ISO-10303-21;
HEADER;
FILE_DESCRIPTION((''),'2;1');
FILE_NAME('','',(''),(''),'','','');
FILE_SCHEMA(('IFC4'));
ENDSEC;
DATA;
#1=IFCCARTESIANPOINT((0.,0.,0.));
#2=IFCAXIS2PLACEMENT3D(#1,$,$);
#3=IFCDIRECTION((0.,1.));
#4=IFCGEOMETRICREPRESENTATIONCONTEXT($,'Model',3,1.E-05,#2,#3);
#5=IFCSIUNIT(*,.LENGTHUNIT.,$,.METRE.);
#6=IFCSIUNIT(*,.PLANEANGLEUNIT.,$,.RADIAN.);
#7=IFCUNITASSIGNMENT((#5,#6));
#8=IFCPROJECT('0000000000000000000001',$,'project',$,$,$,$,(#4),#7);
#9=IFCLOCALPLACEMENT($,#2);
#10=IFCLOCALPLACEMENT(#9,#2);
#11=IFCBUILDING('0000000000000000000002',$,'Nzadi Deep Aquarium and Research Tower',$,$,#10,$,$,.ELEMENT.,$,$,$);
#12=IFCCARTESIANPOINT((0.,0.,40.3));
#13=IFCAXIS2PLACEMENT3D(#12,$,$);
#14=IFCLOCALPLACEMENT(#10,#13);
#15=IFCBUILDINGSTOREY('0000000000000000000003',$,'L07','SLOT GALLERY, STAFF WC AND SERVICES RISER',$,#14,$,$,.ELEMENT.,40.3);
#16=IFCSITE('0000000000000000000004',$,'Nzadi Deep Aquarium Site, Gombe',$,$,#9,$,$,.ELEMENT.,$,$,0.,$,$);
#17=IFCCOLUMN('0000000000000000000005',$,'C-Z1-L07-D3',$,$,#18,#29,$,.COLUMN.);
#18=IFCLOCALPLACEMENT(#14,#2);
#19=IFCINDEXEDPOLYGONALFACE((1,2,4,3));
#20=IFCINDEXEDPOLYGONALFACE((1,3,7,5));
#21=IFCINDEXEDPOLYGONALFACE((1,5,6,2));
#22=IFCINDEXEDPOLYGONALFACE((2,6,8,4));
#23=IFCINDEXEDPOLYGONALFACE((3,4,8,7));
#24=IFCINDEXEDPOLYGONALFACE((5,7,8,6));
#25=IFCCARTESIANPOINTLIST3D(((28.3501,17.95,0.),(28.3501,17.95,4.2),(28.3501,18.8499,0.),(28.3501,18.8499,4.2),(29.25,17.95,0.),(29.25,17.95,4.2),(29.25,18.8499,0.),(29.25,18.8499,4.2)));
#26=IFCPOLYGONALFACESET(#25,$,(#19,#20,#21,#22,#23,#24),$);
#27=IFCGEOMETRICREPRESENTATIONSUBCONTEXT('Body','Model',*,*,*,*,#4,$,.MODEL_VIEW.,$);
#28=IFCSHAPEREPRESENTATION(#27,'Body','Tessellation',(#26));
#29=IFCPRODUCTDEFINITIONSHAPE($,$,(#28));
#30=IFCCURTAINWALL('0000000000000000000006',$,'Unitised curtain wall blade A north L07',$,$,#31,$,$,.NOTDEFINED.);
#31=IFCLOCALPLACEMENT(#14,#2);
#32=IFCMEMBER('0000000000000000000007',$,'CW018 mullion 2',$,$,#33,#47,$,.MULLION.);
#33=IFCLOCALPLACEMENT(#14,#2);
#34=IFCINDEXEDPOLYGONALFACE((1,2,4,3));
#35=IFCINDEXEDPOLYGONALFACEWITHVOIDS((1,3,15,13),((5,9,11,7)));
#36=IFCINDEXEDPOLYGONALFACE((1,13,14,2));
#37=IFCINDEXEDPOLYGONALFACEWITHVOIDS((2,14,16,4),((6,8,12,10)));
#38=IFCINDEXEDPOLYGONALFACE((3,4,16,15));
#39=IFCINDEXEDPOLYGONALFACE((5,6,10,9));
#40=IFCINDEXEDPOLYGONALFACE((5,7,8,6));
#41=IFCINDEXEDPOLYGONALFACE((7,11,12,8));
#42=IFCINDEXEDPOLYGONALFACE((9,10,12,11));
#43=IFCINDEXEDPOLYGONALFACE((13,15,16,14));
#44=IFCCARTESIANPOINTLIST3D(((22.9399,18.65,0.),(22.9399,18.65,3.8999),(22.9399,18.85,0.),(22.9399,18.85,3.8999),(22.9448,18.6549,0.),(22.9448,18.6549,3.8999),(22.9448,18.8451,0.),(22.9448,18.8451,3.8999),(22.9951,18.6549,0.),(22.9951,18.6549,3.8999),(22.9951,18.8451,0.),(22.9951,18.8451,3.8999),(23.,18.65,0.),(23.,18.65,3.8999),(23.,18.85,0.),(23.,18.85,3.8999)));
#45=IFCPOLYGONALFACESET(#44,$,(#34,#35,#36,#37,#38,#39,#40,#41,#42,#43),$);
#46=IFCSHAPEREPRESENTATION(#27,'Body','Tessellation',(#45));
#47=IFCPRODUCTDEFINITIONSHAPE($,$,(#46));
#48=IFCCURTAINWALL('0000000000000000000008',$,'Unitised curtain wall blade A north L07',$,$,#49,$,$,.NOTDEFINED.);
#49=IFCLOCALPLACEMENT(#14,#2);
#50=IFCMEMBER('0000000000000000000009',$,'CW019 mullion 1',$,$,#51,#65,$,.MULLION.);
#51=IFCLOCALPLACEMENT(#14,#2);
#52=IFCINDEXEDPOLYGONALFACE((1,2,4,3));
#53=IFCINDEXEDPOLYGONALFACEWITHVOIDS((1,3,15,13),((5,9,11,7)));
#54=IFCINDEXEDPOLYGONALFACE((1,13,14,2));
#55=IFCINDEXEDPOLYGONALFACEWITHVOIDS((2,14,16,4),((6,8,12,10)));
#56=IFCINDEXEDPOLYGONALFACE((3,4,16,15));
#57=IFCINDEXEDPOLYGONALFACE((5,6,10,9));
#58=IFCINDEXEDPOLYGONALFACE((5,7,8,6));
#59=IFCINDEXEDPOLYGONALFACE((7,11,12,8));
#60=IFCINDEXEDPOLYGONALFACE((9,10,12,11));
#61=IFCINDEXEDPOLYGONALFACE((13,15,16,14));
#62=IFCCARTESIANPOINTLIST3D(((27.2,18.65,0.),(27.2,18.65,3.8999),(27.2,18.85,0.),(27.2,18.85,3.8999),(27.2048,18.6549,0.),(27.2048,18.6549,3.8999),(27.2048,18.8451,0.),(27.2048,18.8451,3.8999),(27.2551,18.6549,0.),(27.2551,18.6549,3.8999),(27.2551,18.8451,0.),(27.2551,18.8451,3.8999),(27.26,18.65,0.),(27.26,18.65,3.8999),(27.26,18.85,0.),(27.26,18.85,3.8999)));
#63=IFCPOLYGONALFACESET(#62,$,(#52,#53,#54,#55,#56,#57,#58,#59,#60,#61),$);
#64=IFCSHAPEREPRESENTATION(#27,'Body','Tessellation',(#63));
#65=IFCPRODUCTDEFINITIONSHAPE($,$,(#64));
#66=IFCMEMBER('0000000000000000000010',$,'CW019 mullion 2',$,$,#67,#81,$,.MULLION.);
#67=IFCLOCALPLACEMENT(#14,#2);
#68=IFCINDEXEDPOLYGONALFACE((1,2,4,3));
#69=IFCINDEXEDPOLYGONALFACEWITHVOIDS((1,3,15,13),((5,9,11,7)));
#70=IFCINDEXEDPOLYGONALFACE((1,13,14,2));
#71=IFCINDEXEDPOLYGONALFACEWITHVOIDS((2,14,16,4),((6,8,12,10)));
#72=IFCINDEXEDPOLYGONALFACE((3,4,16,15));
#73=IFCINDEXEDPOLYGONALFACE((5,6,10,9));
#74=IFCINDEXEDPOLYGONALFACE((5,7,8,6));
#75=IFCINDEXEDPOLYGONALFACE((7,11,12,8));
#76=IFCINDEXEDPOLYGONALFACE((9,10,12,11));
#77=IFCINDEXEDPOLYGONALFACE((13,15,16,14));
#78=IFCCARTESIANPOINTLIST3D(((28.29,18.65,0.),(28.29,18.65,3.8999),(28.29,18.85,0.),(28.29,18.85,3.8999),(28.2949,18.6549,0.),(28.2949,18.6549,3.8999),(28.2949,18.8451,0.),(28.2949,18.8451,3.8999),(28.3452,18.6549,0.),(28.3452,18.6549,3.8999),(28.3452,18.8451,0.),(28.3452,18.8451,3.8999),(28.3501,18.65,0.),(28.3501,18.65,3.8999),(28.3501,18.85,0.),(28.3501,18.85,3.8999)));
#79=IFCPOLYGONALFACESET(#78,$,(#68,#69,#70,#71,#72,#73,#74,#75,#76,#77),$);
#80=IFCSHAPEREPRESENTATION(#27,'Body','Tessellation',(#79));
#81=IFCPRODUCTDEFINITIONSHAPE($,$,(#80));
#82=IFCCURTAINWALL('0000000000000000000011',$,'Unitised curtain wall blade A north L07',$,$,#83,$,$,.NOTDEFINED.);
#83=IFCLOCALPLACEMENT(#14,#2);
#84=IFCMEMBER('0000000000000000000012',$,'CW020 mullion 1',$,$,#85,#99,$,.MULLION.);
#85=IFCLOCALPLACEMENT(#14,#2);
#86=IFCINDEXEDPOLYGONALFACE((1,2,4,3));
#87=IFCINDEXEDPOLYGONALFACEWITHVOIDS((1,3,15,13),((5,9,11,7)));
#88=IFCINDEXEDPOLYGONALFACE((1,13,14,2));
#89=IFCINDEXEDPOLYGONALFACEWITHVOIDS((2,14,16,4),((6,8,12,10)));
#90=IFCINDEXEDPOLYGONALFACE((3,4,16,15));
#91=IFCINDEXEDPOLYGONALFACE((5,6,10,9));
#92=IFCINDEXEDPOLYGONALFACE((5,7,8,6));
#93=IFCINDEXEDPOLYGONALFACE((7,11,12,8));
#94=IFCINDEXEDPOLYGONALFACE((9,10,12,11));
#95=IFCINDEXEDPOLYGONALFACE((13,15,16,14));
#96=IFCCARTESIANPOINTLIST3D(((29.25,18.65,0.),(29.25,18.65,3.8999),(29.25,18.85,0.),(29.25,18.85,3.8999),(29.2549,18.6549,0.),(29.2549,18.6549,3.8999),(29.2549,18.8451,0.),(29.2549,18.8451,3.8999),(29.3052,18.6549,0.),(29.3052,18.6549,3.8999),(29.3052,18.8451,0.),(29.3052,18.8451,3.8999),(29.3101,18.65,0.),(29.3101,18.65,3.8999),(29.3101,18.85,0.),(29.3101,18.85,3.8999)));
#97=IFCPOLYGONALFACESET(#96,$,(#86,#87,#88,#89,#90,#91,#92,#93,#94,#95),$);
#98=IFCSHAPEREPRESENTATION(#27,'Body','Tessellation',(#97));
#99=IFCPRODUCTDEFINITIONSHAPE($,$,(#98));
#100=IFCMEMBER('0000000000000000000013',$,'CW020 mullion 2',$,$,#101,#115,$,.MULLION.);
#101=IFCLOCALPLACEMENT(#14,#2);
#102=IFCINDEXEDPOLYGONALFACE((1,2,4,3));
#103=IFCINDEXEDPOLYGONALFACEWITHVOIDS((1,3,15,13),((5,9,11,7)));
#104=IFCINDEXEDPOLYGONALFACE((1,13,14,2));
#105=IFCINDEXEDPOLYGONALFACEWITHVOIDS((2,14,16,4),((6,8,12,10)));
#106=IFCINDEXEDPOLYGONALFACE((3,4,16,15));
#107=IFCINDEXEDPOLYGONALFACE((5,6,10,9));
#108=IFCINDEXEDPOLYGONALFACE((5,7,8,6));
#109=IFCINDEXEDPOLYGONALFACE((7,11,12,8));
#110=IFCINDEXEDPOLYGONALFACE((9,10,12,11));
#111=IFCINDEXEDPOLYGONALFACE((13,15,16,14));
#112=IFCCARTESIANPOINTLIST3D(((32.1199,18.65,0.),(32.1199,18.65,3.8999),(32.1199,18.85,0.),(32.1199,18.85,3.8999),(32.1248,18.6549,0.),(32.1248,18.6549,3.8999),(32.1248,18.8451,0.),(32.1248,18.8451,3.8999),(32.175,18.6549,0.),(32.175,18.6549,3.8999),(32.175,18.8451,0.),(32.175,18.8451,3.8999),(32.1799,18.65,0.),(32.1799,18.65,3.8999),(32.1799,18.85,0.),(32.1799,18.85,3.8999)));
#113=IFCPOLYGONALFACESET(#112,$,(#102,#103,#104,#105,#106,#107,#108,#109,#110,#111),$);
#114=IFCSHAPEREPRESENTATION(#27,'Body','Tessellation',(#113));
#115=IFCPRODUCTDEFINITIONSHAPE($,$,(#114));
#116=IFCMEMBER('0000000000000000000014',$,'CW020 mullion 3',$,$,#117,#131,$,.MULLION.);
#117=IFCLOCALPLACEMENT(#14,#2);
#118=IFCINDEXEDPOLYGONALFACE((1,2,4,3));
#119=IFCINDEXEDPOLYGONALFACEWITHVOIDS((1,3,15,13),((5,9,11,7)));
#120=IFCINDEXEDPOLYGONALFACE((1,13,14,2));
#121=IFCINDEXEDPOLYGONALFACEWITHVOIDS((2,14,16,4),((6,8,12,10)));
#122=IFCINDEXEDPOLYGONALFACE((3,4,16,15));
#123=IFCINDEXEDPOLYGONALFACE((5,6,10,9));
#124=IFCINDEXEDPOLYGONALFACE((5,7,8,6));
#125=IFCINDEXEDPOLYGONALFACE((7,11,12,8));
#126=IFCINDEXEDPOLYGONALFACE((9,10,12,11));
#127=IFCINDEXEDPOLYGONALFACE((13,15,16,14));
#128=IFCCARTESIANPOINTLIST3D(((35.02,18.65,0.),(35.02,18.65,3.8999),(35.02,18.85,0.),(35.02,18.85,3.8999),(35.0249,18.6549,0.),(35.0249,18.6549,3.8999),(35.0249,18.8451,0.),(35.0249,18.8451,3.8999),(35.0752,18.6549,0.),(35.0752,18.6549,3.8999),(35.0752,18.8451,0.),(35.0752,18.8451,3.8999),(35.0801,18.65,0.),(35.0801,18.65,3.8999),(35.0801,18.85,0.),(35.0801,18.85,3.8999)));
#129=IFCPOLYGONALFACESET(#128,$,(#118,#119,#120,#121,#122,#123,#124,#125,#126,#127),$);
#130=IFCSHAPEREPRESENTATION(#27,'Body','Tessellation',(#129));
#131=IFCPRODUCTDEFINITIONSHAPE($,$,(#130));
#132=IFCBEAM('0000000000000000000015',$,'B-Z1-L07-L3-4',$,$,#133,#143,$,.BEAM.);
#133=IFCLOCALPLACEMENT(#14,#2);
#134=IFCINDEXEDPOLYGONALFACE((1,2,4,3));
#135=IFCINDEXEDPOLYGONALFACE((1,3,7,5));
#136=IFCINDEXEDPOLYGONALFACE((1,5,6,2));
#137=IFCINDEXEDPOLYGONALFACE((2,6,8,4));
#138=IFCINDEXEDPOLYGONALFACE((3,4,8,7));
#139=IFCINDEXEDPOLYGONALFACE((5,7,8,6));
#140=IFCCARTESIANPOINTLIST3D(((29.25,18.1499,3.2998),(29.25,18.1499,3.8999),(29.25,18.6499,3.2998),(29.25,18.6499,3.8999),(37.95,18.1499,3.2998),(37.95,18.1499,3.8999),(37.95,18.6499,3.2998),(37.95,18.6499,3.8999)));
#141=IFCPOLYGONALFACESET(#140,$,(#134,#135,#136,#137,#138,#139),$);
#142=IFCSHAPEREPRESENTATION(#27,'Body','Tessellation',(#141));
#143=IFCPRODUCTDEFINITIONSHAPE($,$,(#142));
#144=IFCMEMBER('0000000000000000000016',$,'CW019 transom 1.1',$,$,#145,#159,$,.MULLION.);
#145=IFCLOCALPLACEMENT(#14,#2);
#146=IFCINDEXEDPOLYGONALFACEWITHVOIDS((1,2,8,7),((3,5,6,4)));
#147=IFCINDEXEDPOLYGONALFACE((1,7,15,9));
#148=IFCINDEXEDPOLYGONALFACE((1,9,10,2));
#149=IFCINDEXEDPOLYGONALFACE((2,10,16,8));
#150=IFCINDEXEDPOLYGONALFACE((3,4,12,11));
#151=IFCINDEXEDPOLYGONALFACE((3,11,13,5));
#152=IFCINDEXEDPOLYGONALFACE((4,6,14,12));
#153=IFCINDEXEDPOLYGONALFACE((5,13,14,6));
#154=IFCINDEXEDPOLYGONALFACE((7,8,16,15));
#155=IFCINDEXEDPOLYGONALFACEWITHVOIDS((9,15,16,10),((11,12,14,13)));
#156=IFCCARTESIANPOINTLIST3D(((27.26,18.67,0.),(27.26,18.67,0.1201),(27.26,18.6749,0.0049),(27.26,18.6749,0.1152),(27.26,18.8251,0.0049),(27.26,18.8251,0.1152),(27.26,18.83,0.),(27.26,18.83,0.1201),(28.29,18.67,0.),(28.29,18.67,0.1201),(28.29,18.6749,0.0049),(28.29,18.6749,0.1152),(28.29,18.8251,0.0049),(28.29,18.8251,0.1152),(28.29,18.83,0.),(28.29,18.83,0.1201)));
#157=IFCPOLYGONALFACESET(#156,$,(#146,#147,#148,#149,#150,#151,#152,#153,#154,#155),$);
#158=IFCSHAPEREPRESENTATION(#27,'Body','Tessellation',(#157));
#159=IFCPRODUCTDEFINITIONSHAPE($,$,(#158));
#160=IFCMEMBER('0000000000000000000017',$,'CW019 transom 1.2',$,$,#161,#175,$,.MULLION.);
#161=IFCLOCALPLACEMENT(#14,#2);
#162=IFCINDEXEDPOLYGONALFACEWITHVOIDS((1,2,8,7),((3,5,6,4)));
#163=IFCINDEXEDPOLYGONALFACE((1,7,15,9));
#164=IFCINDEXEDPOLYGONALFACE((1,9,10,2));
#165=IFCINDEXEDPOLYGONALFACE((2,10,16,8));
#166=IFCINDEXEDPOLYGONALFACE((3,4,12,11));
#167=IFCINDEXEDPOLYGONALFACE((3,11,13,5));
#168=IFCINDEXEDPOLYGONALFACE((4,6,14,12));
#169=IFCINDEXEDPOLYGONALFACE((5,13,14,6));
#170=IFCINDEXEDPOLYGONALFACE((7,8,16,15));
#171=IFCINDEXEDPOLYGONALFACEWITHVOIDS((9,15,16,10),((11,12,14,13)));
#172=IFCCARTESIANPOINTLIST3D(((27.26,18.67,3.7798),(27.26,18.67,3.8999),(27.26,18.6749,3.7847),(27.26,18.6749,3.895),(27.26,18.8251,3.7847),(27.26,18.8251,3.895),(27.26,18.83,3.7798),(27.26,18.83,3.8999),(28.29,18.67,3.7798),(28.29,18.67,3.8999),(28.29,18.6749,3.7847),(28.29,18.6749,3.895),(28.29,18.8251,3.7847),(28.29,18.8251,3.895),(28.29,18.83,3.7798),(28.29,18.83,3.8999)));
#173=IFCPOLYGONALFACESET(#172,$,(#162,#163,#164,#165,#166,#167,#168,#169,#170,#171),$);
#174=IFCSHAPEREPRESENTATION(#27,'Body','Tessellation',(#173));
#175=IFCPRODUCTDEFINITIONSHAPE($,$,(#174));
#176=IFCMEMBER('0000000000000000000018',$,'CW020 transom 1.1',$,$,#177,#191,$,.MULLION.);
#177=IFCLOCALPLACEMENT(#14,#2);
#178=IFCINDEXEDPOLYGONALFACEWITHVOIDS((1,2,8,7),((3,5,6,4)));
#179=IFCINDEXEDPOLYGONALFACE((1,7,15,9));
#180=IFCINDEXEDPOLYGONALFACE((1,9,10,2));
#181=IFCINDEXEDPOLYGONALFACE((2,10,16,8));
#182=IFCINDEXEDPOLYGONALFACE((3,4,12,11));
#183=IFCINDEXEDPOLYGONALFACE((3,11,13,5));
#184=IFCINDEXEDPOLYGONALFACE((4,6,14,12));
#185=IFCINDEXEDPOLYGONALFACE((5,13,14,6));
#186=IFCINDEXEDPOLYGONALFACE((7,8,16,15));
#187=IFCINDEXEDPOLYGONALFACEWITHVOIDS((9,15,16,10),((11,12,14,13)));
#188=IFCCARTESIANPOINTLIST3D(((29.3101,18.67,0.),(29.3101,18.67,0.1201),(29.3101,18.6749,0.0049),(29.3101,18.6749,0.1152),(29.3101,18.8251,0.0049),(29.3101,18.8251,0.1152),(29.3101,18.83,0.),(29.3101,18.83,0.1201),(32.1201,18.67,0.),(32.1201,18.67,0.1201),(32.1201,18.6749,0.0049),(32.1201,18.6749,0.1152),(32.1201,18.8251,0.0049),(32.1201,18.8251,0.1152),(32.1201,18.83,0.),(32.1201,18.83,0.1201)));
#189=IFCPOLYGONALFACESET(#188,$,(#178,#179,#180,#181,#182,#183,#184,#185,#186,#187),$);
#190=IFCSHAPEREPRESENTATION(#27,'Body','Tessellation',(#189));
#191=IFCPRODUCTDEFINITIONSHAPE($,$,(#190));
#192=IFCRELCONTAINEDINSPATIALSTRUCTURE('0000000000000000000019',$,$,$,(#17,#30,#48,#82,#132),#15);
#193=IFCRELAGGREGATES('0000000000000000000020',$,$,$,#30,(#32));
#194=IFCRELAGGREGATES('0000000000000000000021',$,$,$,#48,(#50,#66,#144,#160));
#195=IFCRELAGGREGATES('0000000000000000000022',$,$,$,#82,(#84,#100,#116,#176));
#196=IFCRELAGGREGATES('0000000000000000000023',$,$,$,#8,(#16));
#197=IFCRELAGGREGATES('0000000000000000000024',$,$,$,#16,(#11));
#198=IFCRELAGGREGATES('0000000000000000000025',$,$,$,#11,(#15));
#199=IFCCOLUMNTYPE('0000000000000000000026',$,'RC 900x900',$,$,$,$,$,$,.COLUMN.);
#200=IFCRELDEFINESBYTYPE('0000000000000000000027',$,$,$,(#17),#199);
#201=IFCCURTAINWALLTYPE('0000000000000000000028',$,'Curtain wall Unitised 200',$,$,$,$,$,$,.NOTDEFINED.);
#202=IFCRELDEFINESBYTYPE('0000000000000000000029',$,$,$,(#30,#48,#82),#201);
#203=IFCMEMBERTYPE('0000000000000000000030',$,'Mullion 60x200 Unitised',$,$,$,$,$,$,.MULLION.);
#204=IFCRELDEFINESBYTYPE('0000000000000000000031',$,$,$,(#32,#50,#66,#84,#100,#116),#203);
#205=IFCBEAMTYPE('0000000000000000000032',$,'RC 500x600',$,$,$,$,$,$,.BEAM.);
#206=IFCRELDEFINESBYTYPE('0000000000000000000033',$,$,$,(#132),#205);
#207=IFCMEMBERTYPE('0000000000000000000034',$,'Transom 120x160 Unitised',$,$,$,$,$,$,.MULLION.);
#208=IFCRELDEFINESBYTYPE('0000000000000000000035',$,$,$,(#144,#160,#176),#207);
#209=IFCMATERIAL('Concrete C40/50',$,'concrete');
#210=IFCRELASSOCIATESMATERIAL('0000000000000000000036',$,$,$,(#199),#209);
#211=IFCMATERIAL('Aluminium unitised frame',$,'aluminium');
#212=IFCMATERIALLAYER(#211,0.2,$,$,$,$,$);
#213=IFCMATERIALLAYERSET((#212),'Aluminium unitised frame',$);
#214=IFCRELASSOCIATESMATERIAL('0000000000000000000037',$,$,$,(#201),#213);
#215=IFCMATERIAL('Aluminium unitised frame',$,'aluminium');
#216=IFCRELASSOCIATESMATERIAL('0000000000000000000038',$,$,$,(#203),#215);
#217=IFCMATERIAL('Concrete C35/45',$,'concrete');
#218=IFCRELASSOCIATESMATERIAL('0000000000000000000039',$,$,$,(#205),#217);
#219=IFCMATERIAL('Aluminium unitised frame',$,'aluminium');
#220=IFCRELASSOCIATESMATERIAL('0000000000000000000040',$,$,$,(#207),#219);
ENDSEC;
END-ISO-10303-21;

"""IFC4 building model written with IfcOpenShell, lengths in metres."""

from ifc_helpers import new_model, si_unit, direction, frame, origin, origin_2d, place, context, subcontext, project, spatial, rectangle, hollow_rectangle, extrude, material, layer, layer_set, material_profile, profile_set, type_object, element, aggregate, save


model = new_model("IFC4")

# Units and contexts
model_context = context("Model", 3, precision=1e-05, world=origin(), true_north=direction((0.0, 1.0)))
body_context = subcontext(model_context, "Body", "Model", "MODEL_VIEW")
ifc_project = project(units=[si_unit("LENGTHUNIT", "METRE"), si_unit("PLANEANGLEUNIT", "RADIAN")], contexts=[model_context])

# Site, building, storey
site_placement = place(None, origin())
site = spatial("IfcSite", under=ifc_project, at=site_placement, Name="Nzadi Deep Aquarium Site, Gombe", CompositionType="ELEMENT", RefElevation=0.0)
building_placement = place(site_placement, origin())
building = spatial("IfcBuilding", under=site, at=building_placement, Name="Nzadi Deep Aquarium and Research Tower", CompositionType="ELEMENT")
storey_placement = place(building_placement, frame((0.0, 0.0, 40.3)))
storey = spatial("IfcBuildingStorey", under=building, at=storey_placement, Name="L07", Description="SLOT GALLERY, STAFF WC AND SERVICES RISER", CompositionType="ELEMENT", Elevation=40.3)

# Column
ifc_material_1 = material(Name="Concrete C40/50", Category="concrete")
ifc_material_profile_1 = material_profile(ifc_material_1, rectangle(XDim=0.8999, YDim=0.8999, at=origin_2d()))
ifc_profile_set_1 = profile_set([ifc_material_profile_1], Name="Concrete C40/50")
column_type = type_object("IfcColumnType", Name="RC 900x900", PredefinedType="COLUMN", material=ifc_profile_set_1)
column_placement = place(storey_placement, frame((28.8, 18.3999, 0.0), z_axis=(0.0, 0.0, 1.0), x_axis=(1.0, 0.0, 0.0)))
element("IfcColumn", 1, at=column_placement, inside=storey, type_object=column_type, Name="C-Z1-L07-D3", PredefinedType="COLUMN", context=body_context, shape_type="SweptSolid", body=[
    extrude(rectangle(XDim=0.8999, YDim=0.8999, at=origin_2d()), origin(), (0.0, 0.0, 1.0), 4.2),
])

# Curtain wall, member
ifc_material_2 = material(Name="Aluminium unitised frame", Category="aluminium")
ifc_layer_1 = layer(ifc_material_2, 0.2)
ifc_layer_set_1 = layer_set([ifc_layer_1], Name="Aluminium unitised frame")
curtain_wall_type = type_object("IfcCurtainWallType", Name="Curtain wall Unitised 200", PredefinedType="NOTDEFINED", material=ifc_layer_set_1)
curtain_wall_1_placement = place(storey_placement, origin())
curtain_wall_1 = element("IfcCurtainWall", 2, at=curtain_wall_1_placement, inside=storey, type_object=curtain_wall_type, Name="Unitised curtain wall blade A north L07", PredefinedType="NOTDEFINED")
ifc_material_3 = material(Name="Aluminium unitised frame", Category="aluminium")
ifc_material_profile_2 = material_profile(ifc_material_3, hollow_rectangle(XDim=0.2, YDim=0.0601, WallThickness=0.0049, at=origin_2d()))
ifc_profile_set_2 = profile_set([ifc_material_profile_2], Name="Aluminium unitised frame")
member_type_1 = type_object("IfcMemberType", Name="Mullion 60x200 Unitised", PredefinedType="MULLION", material=ifc_profile_set_2)
member_1_placement = place(storey_placement, frame((22.97, 18.75, 0.0), z_axis=(0.0, 0.0, 1.0), x_axis=(0.0, 1.0, 0.0)))
member_1 = element("IfcMember", 3, at=member_1_placement, type_object=member_type_1, Name="CW018 mullion 2", PredefinedType="MULLION", context=body_context, shape_type="SweptSolid", body=[
    extrude(hollow_rectangle(XDim=0.2, YDim=0.0601, WallThickness=0.0049, at=origin_2d()), origin(), (0.0, 0.0, 1.0), 3.8999),
])
aggregate(curtain_wall_1, [member_1])

# Curtain walls, members
curtain_wall_2_placement = place(storey_placement, origin())
curtain_wall_2 = element("IfcCurtainWall", 4, at=curtain_wall_2_placement, inside=storey, type_object=curtain_wall_type, Name="Unitised curtain wall blade A north L07", PredefinedType="NOTDEFINED")
member_2_placement = place(storey_placement, frame((27.23, 18.75, 0.0), z_axis=(0.0, 0.0, 1.0), x_axis=(0.0, 1.0, 0.0)))
member_2 = element("IfcMember", 5, at=member_2_placement, type_object=member_type_1, Name="CW019 mullion 1", PredefinedType="MULLION", context=body_context, shape_type="SweptSolid", body=[
    extrude(hollow_rectangle(XDim=0.2, YDim=0.0601, WallThickness=0.0049, at=origin_2d()), origin(), (0.0, 0.0, 1.0), 3.8999),
])
member_3_placement = place(storey_placement, frame((28.3201, 18.75, 0.0), z_axis=(0.0, 0.0, 1.0), x_axis=(0.0, 1.0, 0.0)))
member_3 = element("IfcMember", 6, at=member_3_placement, type_object=member_type_1, Name="CW019 mullion 2", PredefinedType="MULLION", context=body_context, shape_type="SweptSolid", body=[
    extrude(hollow_rectangle(XDim=0.2, YDim=0.0601, WallThickness=0.0049, at=origin_2d()), origin(), (0.0, 0.0, 1.0), 3.8999),
])
curtain_wall_3_placement = place(storey_placement, origin())
curtain_wall_3 = element("IfcCurtainWall", 7, at=curtain_wall_3_placement, inside=storey, type_object=curtain_wall_type, Name="Unitised curtain wall blade A north L07", PredefinedType="NOTDEFINED")
member_4_placement = place(storey_placement, frame((29.28, 18.75, 0.0), z_axis=(0.0, 0.0, 1.0), x_axis=(0.0, 1.0, 0.0)))
member_4 = element("IfcMember", 8, at=member_4_placement, type_object=member_type_1, Name="CW020 mullion 1", PredefinedType="MULLION", context=body_context, shape_type="SweptSolid", body=[
    extrude(hollow_rectangle(XDim=0.2, YDim=0.0601, WallThickness=0.0049, at=origin_2d()), origin(), (0.0, 0.0, 1.0), 3.8999),
])
member_5_placement = place(storey_placement, frame((32.1499, 18.75, 0.0), z_axis=(0.0, 0.0, 1.0), x_axis=(0.0, 1.0, 0.0)))
member_5 = element("IfcMember", 9, at=member_5_placement, type_object=member_type_1, Name="CW020 mullion 2", PredefinedType="MULLION", context=body_context, shape_type="SweptSolid", body=[
    extrude(hollow_rectangle(XDim=0.2, YDim=0.0601, WallThickness=0.0049, at=origin_2d()), origin(), (0.0, 0.0, 1.0), 3.8999),
])
member_6_placement = place(storey_placement, frame((35.05, 18.75, 0.0), z_axis=(0.0, 0.0, 1.0), x_axis=(0.0, 1.0, 0.0)))
member_6 = element("IfcMember", 10, at=member_6_placement, type_object=member_type_1, Name="CW020 mullion 3", PredefinedType="MULLION", context=body_context, shape_type="SweptSolid", body=[
    extrude(hollow_rectangle(XDim=0.2, YDim=0.0601, WallThickness=0.0049, at=origin_2d()), origin(), (0.0, 0.0, 1.0), 3.8999),
])

# Beam
ifc_material_4 = material(Name="Concrete C35/45", Category="concrete")
ifc_material_profile_3 = material_profile(ifc_material_4, rectangle(XDim=0.5, YDim=0.6001, at=origin_2d()))
ifc_profile_set_3 = profile_set([ifc_material_profile_3], Name="Concrete C35/45")
beam_type = type_object("IfcBeamType", Name="RC 500x600", PredefinedType="BEAM", material=ifc_profile_set_3)
beam_placement = place(storey_placement, frame((29.25, 18.3999, 3.5999), z_axis=(1.0, 0.0, 0.0), x_axis=(0.0, 1.0, 0.0)))
element("IfcBeam", 11, at=beam_placement, inside=storey, type_object=beam_type, Name="B-Z1-L07-L3-4", PredefinedType="BEAM", context=body_context, shape_type="SweptSolid", body=[
    extrude(rectangle(XDim=0.5, YDim=0.6001, at=origin_2d()), origin(), (0.0, 0.0, 1.0), 8.7),
])

# Members
ifc_material_5 = material(Name="Aluminium unitised frame", Category="aluminium")
ifc_material_profile_4 = material_profile(ifc_material_5, hollow_rectangle(XDim=0.1599, YDim=0.1201, WallThickness=0.0049, at=origin_2d()))
ifc_profile_set_4 = profile_set([ifc_material_profile_4], Name="Aluminium unitised frame")
member_type_2 = type_object("IfcMemberType", Name="Transom 120x160 Unitised", PredefinedType="MULLION", material=ifc_profile_set_4)
member_7_placement = place(storey_placement, frame((27.26, 18.75, 0.0601), z_axis=(1.0, 0.0, 0.0), x_axis=(0.0, 1.0, 0.0)))
member_7 = element("IfcMember", 12, at=member_7_placement, type_object=member_type_2, Name="CW019 transom 1.1", PredefinedType="MULLION", context=body_context, shape_type="SweptSolid", body=[
    extrude(hollow_rectangle(XDim=0.1599, YDim=0.1201, WallThickness=0.0049, at=origin_2d()), origin(), (0.0, 0.0, 1.0), 1.03),
])
member_8_placement = place(storey_placement, frame((27.26, 18.75, 3.8398), z_axis=(1.0, 0.0, 0.0), x_axis=(0.0, 1.0, 0.0)))
member_8 = element("IfcMember", 13, at=member_8_placement, type_object=member_type_2, Name="CW019 transom 1.2", PredefinedType="MULLION", context=body_context, shape_type="SweptSolid", body=[
    extrude(hollow_rectangle(XDim=0.1599, YDim=0.1201, WallThickness=0.0049, at=origin_2d()), origin(), (0.0, 0.0, 1.0), 1.03),
])
member_9_placement = place(storey_placement, frame((29.3101, 18.75, 0.0601), z_axis=(1.0, 0.0, 0.0), x_axis=(0.0, 1.0, 0.0)))
member_9 = element("IfcMember", 14, at=member_9_placement, type_object=member_type_2, Name="CW020 transom 1.1", PredefinedType="MULLION", context=body_context, shape_type="SweptSolid", body=[
    extrude(hollow_rectangle(XDim=0.1599, YDim=0.1201, WallThickness=0.0049, at=origin_2d()), origin(), (0.0, 0.0, 1.0), 2.8101),
])

aggregate(curtain_wall_2, [member_2, member_3, member_7, member_8])
aggregate(curtain_wall_3, [member_4, member_5, member_6, member_9])

save(model, "model.ifc")
